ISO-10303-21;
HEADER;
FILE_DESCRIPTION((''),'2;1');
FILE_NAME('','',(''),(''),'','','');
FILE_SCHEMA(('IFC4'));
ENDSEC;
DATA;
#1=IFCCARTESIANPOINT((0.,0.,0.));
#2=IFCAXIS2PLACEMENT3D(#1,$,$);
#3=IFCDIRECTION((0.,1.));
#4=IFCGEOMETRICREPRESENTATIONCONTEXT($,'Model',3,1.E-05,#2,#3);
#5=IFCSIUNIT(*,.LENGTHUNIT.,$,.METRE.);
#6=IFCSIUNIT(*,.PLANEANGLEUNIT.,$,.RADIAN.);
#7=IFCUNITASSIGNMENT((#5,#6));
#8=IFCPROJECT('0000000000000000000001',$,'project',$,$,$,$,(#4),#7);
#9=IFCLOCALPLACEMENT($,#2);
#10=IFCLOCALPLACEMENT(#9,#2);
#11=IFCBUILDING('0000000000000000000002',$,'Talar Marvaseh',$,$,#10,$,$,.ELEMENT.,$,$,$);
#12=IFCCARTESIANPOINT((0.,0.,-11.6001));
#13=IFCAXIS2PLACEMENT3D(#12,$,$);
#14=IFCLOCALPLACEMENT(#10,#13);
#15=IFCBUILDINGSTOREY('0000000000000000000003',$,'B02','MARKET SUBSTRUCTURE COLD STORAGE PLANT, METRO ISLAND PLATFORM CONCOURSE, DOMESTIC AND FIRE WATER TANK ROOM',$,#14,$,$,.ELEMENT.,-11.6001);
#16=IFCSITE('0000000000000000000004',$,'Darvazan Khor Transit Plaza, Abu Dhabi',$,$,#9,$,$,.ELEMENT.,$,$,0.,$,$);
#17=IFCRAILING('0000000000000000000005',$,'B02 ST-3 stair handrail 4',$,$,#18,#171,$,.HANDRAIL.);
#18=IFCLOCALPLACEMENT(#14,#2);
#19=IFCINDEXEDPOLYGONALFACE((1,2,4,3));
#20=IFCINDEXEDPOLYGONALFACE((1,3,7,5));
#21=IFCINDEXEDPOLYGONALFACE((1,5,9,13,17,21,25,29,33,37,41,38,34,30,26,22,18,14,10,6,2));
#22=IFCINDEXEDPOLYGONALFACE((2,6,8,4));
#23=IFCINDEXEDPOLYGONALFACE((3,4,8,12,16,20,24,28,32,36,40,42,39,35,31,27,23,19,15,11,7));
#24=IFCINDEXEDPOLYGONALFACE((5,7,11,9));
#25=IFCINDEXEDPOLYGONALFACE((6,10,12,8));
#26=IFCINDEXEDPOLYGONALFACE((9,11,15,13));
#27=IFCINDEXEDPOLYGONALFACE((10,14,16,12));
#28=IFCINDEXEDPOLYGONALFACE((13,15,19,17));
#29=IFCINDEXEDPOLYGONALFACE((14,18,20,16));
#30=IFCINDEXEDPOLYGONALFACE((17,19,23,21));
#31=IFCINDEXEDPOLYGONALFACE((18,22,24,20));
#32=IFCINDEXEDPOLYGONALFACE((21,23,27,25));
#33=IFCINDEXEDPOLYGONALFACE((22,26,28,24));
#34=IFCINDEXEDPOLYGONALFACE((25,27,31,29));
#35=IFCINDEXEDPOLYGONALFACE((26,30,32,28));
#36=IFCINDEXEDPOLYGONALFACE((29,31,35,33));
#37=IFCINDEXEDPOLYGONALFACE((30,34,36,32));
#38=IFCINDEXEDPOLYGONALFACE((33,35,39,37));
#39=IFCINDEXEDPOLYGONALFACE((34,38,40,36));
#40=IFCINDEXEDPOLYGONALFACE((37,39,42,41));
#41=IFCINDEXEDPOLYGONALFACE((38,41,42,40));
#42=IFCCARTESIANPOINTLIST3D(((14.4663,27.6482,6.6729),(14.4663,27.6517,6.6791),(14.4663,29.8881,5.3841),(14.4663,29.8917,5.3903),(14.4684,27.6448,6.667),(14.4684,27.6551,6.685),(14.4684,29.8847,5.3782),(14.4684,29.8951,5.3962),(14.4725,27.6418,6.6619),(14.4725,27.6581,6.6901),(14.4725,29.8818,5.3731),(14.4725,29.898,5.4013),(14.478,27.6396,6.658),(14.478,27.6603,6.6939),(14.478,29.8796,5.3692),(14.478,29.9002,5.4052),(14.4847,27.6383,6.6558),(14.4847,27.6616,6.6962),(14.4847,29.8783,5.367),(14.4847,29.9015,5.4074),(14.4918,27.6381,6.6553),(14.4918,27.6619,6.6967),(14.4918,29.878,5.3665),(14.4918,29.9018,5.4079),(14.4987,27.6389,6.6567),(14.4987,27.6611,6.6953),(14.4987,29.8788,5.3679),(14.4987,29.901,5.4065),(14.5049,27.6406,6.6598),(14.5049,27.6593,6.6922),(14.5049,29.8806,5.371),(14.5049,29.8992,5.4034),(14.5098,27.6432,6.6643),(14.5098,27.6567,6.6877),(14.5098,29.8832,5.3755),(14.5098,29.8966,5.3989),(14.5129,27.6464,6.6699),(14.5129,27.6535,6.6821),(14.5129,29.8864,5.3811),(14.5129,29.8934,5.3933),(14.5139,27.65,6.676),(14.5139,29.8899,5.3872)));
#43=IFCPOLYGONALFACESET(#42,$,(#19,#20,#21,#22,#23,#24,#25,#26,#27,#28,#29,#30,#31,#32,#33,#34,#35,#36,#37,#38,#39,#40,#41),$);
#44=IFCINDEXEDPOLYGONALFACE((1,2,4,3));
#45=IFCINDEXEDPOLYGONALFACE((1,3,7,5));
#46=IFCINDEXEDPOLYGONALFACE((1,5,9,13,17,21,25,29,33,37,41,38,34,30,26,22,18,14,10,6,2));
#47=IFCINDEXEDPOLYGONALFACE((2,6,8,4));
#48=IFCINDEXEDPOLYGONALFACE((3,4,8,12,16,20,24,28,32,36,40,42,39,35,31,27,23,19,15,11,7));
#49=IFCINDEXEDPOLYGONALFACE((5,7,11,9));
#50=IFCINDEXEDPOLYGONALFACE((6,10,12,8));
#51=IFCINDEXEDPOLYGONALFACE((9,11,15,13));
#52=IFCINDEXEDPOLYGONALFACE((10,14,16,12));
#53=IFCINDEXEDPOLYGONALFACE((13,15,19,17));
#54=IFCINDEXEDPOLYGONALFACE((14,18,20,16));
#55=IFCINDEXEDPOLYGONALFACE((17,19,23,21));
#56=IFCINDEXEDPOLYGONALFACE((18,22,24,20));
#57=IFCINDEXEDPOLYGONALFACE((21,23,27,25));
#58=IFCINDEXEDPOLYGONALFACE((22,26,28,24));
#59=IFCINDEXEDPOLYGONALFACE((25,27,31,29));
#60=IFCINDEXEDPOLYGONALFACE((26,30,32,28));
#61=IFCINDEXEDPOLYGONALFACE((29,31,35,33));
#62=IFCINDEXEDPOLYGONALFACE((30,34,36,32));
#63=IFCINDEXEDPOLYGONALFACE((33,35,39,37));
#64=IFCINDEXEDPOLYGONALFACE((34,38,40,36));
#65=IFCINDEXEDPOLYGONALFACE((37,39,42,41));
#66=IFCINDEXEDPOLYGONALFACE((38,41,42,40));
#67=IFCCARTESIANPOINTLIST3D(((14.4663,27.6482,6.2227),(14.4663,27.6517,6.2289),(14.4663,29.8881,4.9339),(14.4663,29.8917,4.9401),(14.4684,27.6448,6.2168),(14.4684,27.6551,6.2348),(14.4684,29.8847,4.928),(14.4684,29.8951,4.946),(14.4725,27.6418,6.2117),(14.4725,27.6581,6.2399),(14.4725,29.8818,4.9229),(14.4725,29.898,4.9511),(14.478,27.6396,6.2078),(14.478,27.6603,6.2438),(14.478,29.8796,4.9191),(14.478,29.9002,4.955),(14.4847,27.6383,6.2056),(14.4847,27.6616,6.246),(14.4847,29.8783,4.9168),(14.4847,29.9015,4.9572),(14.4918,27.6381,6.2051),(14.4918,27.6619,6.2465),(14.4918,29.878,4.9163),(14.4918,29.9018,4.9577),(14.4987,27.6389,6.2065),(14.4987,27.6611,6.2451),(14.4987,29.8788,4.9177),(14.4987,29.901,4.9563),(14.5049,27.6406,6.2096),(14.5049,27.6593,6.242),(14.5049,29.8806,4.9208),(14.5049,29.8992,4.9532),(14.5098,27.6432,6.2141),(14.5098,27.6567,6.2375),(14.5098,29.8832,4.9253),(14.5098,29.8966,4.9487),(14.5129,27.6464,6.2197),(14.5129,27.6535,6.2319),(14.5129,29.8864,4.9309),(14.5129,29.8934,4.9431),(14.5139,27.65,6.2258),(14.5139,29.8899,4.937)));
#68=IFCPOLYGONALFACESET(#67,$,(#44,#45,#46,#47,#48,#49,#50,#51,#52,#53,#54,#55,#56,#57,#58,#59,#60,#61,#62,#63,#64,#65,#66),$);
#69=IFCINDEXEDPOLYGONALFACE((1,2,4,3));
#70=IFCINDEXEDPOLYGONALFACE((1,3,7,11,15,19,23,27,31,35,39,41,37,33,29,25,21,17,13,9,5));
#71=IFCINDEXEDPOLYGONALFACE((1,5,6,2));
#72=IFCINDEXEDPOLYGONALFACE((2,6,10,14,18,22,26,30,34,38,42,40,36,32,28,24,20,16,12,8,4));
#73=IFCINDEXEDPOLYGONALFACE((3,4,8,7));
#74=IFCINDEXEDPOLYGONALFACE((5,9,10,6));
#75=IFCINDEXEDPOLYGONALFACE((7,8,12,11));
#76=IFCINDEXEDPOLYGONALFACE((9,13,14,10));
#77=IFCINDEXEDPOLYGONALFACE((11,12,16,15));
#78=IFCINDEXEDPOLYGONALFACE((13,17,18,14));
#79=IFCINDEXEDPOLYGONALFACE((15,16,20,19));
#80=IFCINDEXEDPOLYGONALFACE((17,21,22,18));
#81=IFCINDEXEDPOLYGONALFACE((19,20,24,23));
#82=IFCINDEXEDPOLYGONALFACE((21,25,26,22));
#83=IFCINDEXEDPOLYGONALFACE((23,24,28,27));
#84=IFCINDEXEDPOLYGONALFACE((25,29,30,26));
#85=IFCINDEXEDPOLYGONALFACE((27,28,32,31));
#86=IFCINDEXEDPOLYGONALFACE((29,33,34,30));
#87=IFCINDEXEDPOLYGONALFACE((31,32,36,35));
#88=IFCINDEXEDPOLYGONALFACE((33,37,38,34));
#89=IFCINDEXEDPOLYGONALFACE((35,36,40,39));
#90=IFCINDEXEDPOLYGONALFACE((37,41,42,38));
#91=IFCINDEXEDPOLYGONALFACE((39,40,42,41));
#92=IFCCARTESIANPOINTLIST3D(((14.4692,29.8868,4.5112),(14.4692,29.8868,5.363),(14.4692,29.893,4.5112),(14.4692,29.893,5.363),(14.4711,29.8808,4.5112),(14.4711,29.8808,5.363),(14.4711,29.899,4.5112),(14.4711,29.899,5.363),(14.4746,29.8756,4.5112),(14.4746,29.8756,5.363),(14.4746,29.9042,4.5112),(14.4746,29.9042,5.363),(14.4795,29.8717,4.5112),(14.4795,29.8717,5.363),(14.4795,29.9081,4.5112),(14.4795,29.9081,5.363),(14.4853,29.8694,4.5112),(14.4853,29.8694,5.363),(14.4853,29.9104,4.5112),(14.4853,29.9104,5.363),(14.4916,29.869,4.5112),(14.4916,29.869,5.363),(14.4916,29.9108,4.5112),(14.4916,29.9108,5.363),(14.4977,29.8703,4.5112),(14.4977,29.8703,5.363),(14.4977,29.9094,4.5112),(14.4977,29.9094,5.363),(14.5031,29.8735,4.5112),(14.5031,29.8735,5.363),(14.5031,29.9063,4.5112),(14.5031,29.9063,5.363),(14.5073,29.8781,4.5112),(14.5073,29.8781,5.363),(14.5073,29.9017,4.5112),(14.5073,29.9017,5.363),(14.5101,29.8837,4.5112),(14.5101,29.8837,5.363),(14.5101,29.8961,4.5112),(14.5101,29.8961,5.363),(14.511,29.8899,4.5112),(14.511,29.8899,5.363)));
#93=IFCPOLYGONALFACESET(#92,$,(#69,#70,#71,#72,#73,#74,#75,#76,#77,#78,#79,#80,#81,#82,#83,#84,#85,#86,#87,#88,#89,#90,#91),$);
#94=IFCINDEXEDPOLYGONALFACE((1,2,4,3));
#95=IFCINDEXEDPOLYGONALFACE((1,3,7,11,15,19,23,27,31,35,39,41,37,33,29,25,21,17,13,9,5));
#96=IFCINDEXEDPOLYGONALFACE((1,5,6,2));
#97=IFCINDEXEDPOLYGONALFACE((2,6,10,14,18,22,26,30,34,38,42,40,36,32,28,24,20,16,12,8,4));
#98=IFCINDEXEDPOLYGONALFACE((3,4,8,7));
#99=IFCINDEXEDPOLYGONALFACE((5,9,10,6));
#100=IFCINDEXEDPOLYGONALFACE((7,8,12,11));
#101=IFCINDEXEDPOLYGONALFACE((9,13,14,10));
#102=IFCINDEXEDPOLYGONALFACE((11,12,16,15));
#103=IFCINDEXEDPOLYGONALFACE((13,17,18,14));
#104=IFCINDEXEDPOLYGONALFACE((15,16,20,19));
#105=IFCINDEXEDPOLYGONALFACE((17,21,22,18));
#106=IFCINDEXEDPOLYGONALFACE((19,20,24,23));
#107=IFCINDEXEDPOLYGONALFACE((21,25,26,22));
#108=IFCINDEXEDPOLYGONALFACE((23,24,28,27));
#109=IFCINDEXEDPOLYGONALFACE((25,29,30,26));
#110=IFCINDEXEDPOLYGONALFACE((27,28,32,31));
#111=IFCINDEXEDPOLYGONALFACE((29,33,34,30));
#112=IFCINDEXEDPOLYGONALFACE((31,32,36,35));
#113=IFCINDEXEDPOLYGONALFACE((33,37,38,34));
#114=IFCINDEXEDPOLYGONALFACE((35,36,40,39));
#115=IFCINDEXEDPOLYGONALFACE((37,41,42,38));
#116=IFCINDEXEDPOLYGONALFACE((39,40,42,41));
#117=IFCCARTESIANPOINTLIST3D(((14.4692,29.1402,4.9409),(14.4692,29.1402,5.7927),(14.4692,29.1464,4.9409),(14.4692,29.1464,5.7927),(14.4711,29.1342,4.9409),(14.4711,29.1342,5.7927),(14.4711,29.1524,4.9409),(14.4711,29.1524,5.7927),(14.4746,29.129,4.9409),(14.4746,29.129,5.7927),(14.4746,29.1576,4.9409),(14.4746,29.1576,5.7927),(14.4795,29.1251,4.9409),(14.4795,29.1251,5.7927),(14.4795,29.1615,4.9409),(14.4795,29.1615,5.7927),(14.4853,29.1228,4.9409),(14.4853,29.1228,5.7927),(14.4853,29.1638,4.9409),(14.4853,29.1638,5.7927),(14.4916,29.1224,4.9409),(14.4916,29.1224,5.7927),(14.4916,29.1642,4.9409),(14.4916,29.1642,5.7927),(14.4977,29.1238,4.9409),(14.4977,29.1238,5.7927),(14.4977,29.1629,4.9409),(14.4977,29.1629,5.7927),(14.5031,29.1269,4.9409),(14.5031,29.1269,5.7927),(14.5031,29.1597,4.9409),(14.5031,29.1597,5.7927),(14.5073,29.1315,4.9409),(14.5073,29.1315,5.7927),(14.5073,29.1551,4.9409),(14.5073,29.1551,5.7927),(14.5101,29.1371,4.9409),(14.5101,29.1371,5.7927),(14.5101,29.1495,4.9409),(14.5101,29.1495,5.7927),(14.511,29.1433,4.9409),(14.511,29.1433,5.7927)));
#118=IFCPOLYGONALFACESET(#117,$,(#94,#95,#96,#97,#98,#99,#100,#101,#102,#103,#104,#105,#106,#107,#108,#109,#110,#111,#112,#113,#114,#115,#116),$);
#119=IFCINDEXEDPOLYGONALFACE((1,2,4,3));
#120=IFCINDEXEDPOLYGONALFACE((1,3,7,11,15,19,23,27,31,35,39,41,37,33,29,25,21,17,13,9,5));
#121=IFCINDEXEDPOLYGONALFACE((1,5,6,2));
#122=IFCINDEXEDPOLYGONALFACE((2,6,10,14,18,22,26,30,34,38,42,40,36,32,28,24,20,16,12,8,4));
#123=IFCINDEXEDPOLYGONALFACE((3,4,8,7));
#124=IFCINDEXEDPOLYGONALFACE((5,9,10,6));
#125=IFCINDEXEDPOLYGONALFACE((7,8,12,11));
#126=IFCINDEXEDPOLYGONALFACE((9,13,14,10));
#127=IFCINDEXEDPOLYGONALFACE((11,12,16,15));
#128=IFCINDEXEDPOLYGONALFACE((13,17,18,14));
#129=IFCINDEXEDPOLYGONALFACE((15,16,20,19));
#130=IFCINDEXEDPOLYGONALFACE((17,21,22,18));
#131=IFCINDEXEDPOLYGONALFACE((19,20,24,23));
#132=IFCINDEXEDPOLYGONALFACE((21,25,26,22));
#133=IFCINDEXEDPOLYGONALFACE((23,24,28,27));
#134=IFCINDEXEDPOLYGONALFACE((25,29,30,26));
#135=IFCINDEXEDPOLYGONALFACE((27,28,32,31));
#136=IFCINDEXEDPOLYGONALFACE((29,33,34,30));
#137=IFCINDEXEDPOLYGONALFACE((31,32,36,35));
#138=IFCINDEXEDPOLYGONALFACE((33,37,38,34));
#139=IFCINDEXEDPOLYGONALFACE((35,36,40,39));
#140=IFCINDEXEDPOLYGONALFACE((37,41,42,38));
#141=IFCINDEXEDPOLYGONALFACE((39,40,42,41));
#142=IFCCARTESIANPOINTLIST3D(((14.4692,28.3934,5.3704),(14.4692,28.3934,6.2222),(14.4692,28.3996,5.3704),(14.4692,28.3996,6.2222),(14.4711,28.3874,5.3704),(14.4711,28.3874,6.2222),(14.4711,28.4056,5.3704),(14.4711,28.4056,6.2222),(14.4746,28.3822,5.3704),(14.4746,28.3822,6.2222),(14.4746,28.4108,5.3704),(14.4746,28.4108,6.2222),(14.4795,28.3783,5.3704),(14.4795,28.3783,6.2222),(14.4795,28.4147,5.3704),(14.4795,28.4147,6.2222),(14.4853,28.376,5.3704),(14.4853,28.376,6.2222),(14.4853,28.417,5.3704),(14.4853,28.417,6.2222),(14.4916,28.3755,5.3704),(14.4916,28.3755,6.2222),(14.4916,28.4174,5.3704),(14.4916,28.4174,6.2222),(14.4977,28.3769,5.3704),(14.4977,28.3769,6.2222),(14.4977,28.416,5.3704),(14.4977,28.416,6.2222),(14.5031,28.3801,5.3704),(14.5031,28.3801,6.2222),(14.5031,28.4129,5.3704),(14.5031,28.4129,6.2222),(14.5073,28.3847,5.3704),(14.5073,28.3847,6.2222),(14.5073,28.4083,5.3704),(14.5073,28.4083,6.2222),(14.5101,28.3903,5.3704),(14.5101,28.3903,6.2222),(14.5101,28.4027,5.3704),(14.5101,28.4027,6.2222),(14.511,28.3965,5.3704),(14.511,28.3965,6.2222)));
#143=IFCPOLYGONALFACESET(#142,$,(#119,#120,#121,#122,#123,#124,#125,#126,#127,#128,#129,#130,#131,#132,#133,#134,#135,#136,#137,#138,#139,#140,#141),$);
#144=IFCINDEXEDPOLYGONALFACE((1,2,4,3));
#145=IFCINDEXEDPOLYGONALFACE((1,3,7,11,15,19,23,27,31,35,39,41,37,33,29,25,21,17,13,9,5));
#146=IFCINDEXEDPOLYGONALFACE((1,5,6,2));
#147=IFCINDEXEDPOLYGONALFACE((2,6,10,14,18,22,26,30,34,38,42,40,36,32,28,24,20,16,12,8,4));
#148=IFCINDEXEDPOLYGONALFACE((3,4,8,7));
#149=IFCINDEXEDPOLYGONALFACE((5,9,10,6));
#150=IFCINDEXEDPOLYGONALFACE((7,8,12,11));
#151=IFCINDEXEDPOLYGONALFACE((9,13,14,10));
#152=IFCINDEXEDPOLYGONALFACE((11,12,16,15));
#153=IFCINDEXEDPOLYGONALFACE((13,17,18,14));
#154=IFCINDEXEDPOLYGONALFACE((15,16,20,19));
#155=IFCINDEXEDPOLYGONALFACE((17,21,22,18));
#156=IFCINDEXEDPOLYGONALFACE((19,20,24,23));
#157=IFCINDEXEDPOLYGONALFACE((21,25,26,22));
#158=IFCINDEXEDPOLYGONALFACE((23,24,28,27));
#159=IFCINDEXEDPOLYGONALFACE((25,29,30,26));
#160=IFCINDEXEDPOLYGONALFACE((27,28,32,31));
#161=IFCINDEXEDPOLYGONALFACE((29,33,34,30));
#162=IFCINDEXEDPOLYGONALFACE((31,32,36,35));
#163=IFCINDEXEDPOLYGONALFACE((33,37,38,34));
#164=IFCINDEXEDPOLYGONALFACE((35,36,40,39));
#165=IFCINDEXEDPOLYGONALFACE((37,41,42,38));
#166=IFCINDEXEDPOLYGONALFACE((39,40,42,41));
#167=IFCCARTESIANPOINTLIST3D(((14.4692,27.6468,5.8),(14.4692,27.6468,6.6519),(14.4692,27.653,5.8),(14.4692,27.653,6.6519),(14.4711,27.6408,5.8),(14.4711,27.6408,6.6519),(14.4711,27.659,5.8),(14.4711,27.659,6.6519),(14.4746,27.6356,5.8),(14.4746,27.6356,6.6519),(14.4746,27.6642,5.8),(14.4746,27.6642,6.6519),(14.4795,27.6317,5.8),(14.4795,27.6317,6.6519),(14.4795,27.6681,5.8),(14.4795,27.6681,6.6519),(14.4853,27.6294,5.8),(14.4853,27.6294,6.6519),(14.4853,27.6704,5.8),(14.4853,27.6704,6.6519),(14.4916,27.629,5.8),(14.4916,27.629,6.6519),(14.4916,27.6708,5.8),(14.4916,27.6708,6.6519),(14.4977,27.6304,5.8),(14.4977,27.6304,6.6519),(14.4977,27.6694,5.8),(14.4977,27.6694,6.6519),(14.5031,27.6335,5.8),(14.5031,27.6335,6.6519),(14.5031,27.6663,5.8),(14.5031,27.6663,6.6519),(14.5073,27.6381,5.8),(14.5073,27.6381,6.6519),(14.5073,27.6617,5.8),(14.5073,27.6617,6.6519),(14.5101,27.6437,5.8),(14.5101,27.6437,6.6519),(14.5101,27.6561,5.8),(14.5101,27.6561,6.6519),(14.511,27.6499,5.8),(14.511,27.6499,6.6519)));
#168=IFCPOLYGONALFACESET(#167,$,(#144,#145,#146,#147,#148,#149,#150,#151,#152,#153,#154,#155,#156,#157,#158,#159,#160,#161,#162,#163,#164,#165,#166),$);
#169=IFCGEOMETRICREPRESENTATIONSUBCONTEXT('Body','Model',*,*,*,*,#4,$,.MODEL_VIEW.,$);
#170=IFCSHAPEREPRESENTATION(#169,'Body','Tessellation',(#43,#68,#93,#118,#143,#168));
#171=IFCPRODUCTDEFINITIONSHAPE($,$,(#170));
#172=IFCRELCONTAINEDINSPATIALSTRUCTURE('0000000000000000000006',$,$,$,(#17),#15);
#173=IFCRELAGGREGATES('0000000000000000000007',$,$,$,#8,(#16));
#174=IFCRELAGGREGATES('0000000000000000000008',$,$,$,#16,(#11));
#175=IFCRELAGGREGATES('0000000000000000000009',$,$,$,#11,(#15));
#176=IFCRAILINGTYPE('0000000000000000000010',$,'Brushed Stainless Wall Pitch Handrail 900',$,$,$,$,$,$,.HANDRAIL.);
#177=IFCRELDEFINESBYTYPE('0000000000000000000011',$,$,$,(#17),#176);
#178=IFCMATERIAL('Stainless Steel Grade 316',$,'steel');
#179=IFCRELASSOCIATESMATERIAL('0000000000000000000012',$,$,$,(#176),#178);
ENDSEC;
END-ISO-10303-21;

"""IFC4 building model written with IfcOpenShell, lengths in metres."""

from ifc_helpers import new_model, si_unit, direction, frame, origin, origin_2d, place, context, subcontext, project, spatial, circle, extrude, material, type_object, element, save


model = new_model("IFC4")

# Units and contexts
model_context = context("Model", 3, precision=1e-05, world=origin(), true_north=direction((0.0, 1.0)))
body_context = subcontext(model_context, "Body", "Model", "MODEL_VIEW")
ifc_project = project(units=[si_unit("LENGTHUNIT", "METRE"), si_unit("PLANEANGLEUNIT", "RADIAN")], contexts=[model_context])

# Site, building, storey
site_placement = place(None, origin())
site = spatial("IfcSite", under=ifc_project, at=site_placement, Name="Darvazan Khor Transit Plaza, Abu Dhabi", CompositionType="ELEMENT", RefElevation=0.0)
building_placement = place(site_placement, origin())
building = spatial("IfcBuilding", under=site, at=building_placement, Name="Talar Marvaseh", CompositionType="ELEMENT")
storey_placement = place(building_placement, frame((0.0, 0.0, -11.6001)))
storey = spatial("IfcBuildingStorey", under=building, at=storey_placement, Name="B02", Description="MARKET SUBSTRUCTURE COLD STORAGE PLANT, METRO ISLAND PLATFORM CONCOURSE, DOMESTIC AND FIRE WATER TANK ROOM", CompositionType="ELEMENT", Elevation=-11.6001)

# Railing
ifc_material_1 = material(Name="Stainless Steel Grade 316", Category="steel")
railing_type_1 = type_object("IfcRailingType", Name="Brushed Stainless Wall Pitch Handrail 900", PredefinedType="HANDRAIL", material=ifc_material_1)
for number, where, name in (
    (1, (14.49, 29.8899, 4.5112), "B02 ST-3 stair handrail 4"),
):
    element("IfcRailing", number, at=place(storey_placement, frame(where)), inside=storey, type_object=railing_type_1, Name=name, PredefinedType="HANDRAIL", context=body_context, shape_type="SweptSolid", body=[
        extrude(circle(Radius=0.0239, at=origin_2d()), frame((0.0, 0.0, 0.876), z_axis=(0.0, -0.866768, 0.498711), x_axis=(1.0, 0.0, 0.0)), (0.0, 0.0, 1.0), 2.5842),
        extrude(circle(Radius=0.0239, at=origin_2d()), frame((0.0, 0.0, 0.4258), z_axis=(0.0, -0.866768, 0.498711), x_axis=(1.0, 0.0, 0.0)), (0.0, 0.0, 1.0), 2.5842),
        extrude(circle(Radius=0.021, at=origin_2d()), origin(), (0.0, 0.0, 1.0), 0.8518),
        extrude(circle(Radius=0.021, at=origin_2d()), frame((0.0, -0.7466, 0.4297)), (0.0, 0.0, 1.0), 0.8518),
        extrude(circle(Radius=0.021, at=origin_2d()), frame((0.0, -1.4934, 0.8591)), (0.0, 0.0, 1.0), 0.8518),
        extrude(circle(Radius=0.021, at=origin_2d()), frame((0.0, -2.24, 1.2888)), (0.0, 0.0, 1.0), 0.8518),
    ])

save(model, "model.ifc")
